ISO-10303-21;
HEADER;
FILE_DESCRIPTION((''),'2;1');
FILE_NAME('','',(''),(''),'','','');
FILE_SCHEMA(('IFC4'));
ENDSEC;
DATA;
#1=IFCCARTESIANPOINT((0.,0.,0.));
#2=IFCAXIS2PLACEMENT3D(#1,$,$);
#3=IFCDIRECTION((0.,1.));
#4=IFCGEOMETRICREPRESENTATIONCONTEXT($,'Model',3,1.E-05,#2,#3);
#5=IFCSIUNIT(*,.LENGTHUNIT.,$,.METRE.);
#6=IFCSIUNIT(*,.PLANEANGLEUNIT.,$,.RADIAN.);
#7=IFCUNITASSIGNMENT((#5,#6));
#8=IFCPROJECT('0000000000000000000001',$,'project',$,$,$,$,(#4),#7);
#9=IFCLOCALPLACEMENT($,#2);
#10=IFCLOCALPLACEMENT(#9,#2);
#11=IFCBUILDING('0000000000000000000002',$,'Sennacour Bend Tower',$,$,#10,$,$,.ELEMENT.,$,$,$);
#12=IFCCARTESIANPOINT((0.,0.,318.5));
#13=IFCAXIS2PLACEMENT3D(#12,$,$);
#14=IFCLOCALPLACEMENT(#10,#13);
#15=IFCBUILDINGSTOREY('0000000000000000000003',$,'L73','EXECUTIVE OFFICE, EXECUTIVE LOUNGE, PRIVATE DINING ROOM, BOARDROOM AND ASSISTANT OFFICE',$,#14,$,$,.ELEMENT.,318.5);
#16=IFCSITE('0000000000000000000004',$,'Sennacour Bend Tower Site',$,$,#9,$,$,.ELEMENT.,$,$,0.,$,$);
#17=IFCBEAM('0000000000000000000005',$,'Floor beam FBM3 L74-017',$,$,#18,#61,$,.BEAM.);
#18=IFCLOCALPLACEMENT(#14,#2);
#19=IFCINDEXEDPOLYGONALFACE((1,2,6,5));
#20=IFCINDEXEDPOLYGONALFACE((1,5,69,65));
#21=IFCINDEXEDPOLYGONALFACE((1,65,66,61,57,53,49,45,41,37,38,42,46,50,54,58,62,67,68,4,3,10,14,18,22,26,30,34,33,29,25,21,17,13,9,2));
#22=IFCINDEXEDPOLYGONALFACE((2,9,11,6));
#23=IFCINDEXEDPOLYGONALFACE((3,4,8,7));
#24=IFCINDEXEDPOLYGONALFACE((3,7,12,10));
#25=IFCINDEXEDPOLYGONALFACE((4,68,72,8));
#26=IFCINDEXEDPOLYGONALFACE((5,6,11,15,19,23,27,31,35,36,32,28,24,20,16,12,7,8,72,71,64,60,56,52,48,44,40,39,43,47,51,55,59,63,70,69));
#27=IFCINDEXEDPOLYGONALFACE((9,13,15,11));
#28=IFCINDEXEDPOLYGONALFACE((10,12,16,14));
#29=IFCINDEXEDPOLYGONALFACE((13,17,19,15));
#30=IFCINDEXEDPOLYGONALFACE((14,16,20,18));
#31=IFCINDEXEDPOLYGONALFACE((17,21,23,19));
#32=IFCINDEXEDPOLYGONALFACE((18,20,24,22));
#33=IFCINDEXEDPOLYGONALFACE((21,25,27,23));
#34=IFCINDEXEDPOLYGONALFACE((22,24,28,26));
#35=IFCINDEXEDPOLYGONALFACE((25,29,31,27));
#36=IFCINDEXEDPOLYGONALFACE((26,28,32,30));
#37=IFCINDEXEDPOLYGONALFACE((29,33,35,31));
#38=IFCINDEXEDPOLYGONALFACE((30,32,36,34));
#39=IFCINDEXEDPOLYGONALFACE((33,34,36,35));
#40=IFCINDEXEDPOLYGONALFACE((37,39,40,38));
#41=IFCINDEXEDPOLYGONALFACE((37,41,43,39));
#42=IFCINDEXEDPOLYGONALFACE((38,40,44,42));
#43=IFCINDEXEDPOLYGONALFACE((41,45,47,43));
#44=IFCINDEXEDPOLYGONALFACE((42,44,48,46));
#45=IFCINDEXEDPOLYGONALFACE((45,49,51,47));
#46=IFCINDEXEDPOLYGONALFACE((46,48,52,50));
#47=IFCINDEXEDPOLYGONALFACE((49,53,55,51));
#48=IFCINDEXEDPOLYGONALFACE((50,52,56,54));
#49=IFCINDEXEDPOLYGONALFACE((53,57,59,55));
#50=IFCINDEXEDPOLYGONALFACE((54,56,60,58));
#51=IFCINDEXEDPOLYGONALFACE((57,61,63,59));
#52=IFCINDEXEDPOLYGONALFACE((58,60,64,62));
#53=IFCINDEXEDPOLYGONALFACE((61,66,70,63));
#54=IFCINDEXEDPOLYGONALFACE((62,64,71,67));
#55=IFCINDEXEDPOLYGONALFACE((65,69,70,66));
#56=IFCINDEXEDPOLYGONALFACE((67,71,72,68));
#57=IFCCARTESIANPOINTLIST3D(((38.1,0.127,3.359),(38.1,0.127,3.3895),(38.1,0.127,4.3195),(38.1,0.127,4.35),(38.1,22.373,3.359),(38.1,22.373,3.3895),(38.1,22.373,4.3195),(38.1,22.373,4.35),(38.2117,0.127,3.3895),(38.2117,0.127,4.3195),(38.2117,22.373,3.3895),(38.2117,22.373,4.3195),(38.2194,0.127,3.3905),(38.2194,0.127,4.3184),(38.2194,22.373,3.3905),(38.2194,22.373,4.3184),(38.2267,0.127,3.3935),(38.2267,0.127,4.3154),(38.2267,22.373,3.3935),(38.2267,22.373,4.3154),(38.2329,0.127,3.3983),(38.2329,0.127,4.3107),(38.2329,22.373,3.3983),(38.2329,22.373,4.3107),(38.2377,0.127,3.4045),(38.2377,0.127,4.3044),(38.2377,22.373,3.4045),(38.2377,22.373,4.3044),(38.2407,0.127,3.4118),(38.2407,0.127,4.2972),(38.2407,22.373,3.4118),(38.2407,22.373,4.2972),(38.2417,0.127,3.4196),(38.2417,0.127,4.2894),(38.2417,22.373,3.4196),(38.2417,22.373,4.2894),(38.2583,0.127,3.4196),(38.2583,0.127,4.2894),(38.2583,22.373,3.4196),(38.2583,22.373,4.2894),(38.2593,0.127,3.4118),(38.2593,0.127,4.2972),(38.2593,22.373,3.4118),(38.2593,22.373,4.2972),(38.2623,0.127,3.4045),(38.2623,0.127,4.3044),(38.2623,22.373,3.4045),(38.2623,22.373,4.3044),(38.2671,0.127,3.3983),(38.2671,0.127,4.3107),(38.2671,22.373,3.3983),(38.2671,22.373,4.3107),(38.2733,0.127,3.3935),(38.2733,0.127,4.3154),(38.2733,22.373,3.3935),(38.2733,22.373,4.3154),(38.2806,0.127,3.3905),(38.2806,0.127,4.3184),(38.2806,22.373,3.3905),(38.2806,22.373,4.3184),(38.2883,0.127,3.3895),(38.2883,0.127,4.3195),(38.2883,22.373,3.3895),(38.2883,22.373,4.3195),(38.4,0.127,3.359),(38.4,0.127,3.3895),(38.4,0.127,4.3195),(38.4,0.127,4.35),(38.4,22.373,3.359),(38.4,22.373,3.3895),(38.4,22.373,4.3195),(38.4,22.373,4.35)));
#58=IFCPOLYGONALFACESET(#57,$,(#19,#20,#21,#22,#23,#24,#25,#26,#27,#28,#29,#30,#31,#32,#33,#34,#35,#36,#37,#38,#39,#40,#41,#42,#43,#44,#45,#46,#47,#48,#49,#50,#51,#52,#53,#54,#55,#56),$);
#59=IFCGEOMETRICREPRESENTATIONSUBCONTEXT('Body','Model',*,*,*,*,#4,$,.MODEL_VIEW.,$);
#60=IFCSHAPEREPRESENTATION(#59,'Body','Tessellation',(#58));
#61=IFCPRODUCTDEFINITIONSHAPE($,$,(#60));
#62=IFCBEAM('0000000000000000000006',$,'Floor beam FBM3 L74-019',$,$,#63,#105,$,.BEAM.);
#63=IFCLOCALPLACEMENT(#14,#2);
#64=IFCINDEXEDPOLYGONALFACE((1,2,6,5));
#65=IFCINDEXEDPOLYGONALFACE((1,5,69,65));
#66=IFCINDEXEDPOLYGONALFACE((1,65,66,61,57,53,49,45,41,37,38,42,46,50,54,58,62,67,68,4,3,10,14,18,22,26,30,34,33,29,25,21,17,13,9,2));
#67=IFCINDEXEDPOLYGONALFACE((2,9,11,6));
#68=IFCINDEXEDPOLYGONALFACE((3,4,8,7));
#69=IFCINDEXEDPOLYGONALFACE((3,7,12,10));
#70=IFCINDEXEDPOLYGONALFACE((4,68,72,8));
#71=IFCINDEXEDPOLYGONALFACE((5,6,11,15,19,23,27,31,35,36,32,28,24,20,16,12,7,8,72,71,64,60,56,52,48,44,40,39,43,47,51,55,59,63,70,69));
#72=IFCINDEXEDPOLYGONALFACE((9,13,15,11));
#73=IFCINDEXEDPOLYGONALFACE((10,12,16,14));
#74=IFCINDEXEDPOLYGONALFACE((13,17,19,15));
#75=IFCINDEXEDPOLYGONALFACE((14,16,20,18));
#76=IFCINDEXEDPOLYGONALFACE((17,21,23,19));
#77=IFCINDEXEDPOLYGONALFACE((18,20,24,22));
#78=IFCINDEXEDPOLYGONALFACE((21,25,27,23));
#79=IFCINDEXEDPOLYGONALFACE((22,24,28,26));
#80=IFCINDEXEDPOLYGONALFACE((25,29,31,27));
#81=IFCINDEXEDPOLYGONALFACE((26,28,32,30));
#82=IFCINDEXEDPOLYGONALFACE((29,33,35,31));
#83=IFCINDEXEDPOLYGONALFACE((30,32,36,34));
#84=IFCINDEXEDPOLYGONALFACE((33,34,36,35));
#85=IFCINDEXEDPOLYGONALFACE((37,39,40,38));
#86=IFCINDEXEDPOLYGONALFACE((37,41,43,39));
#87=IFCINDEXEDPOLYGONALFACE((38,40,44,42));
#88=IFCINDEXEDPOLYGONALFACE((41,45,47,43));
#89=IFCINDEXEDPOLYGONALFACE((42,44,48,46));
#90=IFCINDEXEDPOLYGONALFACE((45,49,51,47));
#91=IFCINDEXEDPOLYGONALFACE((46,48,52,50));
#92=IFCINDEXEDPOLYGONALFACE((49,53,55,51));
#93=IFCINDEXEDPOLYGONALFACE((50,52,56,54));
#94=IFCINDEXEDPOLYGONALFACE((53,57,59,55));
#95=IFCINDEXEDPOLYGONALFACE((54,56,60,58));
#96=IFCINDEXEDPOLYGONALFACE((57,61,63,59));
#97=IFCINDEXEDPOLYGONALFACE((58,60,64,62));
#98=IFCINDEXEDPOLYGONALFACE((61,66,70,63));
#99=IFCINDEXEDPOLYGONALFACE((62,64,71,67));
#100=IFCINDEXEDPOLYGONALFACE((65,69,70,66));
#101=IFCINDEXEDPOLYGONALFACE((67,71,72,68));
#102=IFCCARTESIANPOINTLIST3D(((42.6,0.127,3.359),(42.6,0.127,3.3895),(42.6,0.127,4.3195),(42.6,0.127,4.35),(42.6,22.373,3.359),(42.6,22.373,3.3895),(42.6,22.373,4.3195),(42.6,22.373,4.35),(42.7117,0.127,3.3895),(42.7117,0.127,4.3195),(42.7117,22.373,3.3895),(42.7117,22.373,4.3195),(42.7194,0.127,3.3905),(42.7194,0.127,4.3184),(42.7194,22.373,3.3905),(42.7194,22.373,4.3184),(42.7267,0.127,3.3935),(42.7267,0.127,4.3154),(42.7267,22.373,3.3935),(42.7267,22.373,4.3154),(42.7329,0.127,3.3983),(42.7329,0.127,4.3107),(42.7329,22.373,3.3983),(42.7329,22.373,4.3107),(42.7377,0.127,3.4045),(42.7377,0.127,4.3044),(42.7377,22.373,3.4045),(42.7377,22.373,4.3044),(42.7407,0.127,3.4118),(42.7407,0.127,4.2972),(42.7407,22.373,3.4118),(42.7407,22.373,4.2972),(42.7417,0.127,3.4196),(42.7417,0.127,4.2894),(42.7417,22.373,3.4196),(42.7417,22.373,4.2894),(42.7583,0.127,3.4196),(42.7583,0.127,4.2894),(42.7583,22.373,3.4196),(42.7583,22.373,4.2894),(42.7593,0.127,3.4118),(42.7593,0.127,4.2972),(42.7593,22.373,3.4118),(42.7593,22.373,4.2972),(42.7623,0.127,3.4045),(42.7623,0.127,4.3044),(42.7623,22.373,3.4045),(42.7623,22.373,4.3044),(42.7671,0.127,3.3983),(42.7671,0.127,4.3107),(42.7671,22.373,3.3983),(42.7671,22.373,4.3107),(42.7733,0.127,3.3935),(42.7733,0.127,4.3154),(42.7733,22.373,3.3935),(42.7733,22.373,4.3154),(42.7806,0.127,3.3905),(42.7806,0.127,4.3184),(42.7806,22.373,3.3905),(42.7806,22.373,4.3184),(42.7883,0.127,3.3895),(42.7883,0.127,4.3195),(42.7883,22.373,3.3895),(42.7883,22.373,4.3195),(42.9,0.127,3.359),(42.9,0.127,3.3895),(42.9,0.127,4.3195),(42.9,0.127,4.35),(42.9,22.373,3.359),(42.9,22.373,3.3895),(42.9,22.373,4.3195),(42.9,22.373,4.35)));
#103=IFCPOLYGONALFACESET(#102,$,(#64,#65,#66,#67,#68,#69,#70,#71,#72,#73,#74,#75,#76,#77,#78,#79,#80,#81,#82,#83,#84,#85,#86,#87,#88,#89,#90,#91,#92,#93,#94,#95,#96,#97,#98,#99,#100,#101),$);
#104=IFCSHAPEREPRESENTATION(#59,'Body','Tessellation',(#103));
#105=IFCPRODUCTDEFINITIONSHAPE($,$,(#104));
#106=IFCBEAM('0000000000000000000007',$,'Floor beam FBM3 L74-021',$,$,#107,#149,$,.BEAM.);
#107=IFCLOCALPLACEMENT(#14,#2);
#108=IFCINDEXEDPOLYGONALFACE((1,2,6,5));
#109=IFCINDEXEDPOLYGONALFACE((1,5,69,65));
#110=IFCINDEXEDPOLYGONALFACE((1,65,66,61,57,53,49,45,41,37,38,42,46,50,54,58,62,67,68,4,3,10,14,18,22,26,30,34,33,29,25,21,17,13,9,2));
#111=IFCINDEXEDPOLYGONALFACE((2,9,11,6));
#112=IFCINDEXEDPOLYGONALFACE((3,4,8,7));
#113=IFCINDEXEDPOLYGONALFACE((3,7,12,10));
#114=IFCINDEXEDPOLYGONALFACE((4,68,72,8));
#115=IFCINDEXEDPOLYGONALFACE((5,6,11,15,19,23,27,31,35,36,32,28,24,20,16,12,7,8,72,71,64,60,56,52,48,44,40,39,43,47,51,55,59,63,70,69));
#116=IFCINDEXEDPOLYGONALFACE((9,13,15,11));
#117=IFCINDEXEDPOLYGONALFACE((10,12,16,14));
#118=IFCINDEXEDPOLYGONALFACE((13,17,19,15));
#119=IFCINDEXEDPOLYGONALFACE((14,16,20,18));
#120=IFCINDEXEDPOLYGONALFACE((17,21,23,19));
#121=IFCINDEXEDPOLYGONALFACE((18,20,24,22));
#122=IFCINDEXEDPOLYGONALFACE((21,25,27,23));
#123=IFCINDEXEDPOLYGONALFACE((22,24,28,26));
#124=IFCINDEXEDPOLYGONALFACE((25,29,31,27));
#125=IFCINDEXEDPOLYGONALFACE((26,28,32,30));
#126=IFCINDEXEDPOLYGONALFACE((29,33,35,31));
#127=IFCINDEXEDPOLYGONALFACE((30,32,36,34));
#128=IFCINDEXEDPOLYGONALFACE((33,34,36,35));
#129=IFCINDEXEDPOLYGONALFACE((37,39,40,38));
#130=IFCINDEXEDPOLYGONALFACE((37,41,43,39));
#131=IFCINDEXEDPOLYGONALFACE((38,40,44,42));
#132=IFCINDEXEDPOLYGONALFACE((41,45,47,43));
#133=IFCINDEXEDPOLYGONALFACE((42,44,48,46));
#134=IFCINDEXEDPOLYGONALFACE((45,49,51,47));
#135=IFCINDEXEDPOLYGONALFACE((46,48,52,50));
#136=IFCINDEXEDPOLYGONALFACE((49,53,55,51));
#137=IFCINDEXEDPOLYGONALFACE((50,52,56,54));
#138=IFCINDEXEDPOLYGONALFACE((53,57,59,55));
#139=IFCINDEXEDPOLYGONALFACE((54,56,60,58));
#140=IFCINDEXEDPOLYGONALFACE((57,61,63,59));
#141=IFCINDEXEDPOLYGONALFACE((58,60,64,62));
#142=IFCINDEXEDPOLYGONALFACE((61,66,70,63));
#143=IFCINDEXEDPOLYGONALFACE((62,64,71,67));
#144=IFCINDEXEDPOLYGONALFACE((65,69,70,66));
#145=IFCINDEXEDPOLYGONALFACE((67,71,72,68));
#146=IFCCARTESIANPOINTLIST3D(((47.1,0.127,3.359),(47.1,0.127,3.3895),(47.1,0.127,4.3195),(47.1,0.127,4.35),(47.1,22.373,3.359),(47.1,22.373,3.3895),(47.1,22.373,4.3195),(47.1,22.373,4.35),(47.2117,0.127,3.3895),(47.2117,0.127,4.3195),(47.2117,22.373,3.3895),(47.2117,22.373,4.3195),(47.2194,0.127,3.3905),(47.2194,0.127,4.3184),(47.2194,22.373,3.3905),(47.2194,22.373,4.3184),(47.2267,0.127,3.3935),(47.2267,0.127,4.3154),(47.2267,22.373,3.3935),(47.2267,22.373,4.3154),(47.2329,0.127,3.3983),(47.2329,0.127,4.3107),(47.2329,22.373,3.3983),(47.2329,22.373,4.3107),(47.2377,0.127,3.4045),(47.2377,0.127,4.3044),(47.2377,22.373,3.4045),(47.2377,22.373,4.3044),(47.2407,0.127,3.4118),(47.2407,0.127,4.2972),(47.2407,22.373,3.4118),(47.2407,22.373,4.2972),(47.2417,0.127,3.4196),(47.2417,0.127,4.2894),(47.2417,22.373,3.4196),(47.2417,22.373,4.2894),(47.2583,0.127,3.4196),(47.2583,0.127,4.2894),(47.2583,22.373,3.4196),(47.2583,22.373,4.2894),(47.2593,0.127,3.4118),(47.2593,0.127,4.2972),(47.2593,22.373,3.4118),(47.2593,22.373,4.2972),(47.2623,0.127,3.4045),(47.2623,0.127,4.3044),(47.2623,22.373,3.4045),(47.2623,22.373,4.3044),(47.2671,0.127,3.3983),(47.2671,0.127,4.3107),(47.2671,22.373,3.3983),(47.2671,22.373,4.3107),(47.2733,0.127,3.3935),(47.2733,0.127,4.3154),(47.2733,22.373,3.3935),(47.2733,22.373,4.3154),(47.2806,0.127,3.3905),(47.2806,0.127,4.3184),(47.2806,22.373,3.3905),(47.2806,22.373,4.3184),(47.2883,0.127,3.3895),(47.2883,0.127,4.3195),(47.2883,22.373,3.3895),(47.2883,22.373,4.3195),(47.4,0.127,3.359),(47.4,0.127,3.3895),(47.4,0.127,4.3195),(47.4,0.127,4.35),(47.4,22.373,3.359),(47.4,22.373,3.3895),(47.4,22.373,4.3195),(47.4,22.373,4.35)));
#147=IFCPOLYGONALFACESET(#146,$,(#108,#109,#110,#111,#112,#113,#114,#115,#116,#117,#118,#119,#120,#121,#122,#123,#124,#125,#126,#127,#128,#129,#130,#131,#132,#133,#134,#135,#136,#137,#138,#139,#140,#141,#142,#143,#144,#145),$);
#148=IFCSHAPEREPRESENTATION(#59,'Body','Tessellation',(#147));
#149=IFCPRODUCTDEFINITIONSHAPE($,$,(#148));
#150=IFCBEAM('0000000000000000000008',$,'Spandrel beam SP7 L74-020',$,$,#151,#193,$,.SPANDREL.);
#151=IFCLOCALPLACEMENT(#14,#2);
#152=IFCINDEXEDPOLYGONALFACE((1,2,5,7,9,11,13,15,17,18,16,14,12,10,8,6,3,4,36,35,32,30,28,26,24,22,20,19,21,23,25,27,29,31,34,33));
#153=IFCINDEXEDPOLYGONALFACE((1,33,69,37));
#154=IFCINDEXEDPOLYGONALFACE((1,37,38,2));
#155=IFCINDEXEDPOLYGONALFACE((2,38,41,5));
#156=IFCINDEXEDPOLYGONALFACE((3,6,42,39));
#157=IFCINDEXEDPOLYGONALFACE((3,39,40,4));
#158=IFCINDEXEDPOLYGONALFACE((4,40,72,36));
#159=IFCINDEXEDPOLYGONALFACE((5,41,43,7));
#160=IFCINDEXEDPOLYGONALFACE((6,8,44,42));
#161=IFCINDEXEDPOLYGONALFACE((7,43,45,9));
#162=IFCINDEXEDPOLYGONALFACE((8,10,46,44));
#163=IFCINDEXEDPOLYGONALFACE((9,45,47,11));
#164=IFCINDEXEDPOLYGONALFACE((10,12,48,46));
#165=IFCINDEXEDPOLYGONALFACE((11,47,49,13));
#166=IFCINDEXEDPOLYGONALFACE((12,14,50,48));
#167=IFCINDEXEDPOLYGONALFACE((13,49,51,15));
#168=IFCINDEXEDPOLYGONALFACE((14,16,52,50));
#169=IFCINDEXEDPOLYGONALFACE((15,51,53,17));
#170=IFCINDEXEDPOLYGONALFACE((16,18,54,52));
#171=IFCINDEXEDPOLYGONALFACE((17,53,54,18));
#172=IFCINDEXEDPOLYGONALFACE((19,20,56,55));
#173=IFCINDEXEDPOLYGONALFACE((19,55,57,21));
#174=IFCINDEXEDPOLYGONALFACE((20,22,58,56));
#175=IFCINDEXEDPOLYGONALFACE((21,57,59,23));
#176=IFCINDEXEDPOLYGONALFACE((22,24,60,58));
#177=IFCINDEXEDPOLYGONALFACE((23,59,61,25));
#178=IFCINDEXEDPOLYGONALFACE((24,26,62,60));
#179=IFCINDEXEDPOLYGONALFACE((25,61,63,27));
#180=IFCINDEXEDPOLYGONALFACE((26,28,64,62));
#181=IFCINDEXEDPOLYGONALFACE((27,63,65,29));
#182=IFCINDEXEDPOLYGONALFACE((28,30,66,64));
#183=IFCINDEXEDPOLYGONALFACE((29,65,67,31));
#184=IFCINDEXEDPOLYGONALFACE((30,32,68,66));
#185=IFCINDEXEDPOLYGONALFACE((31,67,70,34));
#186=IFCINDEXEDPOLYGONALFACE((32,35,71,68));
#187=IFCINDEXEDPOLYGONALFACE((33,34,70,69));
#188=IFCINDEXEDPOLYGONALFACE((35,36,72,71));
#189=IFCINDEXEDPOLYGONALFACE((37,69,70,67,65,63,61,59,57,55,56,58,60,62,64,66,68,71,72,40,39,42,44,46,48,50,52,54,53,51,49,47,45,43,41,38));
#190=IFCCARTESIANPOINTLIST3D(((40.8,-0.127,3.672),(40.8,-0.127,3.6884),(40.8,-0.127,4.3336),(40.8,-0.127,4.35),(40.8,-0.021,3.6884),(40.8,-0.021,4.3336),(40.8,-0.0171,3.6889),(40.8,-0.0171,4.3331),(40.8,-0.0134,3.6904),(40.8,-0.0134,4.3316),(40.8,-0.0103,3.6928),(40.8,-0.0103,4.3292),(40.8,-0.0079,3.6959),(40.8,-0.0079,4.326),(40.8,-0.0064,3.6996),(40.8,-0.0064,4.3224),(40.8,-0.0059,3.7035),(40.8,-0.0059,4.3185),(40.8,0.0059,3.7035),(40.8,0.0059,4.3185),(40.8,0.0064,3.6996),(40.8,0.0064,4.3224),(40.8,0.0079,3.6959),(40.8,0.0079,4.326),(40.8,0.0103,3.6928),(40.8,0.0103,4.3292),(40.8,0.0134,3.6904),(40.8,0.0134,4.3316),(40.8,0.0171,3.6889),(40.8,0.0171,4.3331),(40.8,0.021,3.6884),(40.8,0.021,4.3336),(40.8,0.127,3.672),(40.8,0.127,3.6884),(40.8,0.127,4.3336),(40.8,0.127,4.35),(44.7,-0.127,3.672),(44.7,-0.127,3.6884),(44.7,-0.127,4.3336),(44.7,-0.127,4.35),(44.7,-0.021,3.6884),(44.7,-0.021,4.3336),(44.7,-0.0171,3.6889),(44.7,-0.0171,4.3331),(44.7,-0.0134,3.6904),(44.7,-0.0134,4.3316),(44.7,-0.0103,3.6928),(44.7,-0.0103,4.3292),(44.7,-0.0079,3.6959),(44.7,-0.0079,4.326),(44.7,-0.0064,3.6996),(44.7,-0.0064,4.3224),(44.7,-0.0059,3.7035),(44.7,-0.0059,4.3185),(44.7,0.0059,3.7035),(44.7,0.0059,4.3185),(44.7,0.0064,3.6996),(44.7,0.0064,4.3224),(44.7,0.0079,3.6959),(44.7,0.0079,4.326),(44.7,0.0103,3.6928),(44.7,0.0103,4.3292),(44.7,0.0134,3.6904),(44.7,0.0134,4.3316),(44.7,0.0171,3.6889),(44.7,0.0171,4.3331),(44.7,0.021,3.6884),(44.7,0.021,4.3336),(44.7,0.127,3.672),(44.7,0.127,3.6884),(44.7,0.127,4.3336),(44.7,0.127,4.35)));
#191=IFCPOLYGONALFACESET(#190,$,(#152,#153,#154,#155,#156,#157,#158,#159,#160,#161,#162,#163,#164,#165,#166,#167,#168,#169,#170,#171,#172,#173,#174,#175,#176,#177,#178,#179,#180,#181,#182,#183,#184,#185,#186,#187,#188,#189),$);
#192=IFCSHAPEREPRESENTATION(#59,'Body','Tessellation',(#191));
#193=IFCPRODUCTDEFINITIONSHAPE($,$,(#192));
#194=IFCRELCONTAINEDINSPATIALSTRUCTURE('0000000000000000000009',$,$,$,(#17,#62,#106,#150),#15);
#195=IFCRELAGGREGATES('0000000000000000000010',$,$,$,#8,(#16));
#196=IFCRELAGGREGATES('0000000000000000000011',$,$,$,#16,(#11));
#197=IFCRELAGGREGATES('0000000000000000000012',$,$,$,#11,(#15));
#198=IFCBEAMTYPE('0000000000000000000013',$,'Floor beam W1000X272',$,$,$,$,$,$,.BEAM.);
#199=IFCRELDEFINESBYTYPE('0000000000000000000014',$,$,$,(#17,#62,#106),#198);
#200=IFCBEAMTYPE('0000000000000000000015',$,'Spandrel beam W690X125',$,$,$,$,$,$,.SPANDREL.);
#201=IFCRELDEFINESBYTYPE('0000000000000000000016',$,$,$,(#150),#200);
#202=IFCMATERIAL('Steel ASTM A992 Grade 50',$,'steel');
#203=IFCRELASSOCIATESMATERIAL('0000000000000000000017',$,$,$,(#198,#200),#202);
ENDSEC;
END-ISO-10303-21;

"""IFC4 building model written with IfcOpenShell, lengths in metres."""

from ifc_helpers import new_model, si_unit, direction, frame, origin, origin_2d, place, context, subcontext, project, spatial, i_section, extrude, material, material_profile, profile_set, type_object, element, save


model = new_model("IFC4")

# Units and contexts
model_context = context("Model", 3, precision=1e-05, world=origin(), true_north=direction((0.0, 1.0)))
body_context = subcontext(model_context, "Body", "Model", "MODEL_VIEW")
ifc_project = project(units=[si_unit("LENGTHUNIT", "METRE"), si_unit("PLANEANGLEUNIT", "RADIAN")], contexts=[model_context])

# Site, building, storey
site_placement = place(None, origin())
site = spatial("IfcSite", under=ifc_project, at=site_placement, Name="Sennacour Bend Tower Site", CompositionType="ELEMENT", RefElevation=0.0)
building_placement = place(site_placement, origin())
building = spatial("IfcBuilding", under=site, at=building_placement, Name="Sennacour Bend Tower", CompositionType="ELEMENT")
storey_placement = place(building_placement, frame((0.0, 0.0, 318.5)))
storey = spatial("IfcBuildingStorey", under=building, at=storey_placement, Name="L73", Description="EXECUTIVE OFFICE, EXECUTIVE LOUNGE, PRIVATE DINING ROOM, BOARDROOM AND ASSISTANT OFFICE", CompositionType="ELEMENT", Elevation=318.5)

# Beams
ifc_material_1 = material(Name="Steel ASTM A992 Grade 50", Category="steel")
ifc_material_profile_1 = material_profile(ifc_material_1, i_section(OverallWidth=0.3, OverallDepth=0.991, WebThickness=0.0166, FlangeThickness=0.0305, FilletRadius=0.03, at=origin_2d()), Name="Steel ASTM A992 Grade 50", Category="steel")
ifc_profile_set_1 = profile_set([ifc_material_profile_1], Name="Steel ASTM A992 Grade 50")
beam_type_1 = type_object("IfcBeamType", Name="Floor beam W1000X272", PredefinedType="BEAM", material=ifc_profile_set_1)
for number, where, z_axis, x_axis, name in (
    (1, (38.25, 0.127, 3.8545), (0.0, 1.0, 0.0), (-1.0, 0.0, 0.0), "Floor beam FBM3 L74-017"),
    (2, (42.75, 0.127, 3.8545), (0.0, 1.0, 0.0), (-1.0, 0.0, 0.0), "Floor beam FBM3 L74-019"),
    (3, (47.25, 0.127, 3.8545), (0.0, 1.0, 0.0), (-1.0, 0.0, 0.0), "Floor beam FBM3 L74-021"),
):
    element("IfcBeam", number, at=place(storey_placement, frame(where, z_axis=z_axis, x_axis=x_axis)), inside=storey, type_object=beam_type_1, Name=name, PredefinedType="BEAM", context=body_context, shape_type="SweptSolid", body=[
        extrude(i_section(OverallWidth=0.3, OverallDepth=0.991, WebThickness=0.0166, FlangeThickness=0.0305, FilletRadius=0.03, at=origin_2d()), origin(), (0.0, 0.0, 1.0), 22.2461),
    ])
ifc_material_profile_2 = material_profile(ifc_material_1, i_section(OverallWidth=0.2539, OverallDepth=0.678, WebThickness=0.0117, FlangeThickness=0.0164, FilletRadius=0.0151, at=origin_2d()), Name="Steel ASTM A992 Grade 50", Category="steel")
ifc_profile_set_2 = profile_set([ifc_material_profile_2], Name="Steel ASTM A992 Grade 50")
beam_type_2 = type_object("IfcBeamType", Name="Spandrel beam W690X125", PredefinedType="SPANDREL", material=ifc_profile_set_2)
for number, where, z_axis, x_axis, name in (
    (4, (44.7, 0.0, 4.011), (-1.0, 0.0, 0.0), (0.0, -1.0, 0.0), "Spandrel beam SP7 L74-020"),
):
    element("IfcBeam", number, at=place(storey_placement, frame(where, z_axis=z_axis, x_axis=x_axis)), inside=storey, type_object=beam_type_2, Name=name, PredefinedType="SPANDREL", context=body_context, shape_type="SweptSolid", body=[
        extrude(i_section(OverallWidth=0.2539, OverallDepth=0.678, WebThickness=0.0117, FlangeThickness=0.0164, FilletRadius=0.0151, at=origin_2d()), origin(), (0.0, 0.0, 1.0), 3.8999),
    ])

save(model, "model.ifc")
